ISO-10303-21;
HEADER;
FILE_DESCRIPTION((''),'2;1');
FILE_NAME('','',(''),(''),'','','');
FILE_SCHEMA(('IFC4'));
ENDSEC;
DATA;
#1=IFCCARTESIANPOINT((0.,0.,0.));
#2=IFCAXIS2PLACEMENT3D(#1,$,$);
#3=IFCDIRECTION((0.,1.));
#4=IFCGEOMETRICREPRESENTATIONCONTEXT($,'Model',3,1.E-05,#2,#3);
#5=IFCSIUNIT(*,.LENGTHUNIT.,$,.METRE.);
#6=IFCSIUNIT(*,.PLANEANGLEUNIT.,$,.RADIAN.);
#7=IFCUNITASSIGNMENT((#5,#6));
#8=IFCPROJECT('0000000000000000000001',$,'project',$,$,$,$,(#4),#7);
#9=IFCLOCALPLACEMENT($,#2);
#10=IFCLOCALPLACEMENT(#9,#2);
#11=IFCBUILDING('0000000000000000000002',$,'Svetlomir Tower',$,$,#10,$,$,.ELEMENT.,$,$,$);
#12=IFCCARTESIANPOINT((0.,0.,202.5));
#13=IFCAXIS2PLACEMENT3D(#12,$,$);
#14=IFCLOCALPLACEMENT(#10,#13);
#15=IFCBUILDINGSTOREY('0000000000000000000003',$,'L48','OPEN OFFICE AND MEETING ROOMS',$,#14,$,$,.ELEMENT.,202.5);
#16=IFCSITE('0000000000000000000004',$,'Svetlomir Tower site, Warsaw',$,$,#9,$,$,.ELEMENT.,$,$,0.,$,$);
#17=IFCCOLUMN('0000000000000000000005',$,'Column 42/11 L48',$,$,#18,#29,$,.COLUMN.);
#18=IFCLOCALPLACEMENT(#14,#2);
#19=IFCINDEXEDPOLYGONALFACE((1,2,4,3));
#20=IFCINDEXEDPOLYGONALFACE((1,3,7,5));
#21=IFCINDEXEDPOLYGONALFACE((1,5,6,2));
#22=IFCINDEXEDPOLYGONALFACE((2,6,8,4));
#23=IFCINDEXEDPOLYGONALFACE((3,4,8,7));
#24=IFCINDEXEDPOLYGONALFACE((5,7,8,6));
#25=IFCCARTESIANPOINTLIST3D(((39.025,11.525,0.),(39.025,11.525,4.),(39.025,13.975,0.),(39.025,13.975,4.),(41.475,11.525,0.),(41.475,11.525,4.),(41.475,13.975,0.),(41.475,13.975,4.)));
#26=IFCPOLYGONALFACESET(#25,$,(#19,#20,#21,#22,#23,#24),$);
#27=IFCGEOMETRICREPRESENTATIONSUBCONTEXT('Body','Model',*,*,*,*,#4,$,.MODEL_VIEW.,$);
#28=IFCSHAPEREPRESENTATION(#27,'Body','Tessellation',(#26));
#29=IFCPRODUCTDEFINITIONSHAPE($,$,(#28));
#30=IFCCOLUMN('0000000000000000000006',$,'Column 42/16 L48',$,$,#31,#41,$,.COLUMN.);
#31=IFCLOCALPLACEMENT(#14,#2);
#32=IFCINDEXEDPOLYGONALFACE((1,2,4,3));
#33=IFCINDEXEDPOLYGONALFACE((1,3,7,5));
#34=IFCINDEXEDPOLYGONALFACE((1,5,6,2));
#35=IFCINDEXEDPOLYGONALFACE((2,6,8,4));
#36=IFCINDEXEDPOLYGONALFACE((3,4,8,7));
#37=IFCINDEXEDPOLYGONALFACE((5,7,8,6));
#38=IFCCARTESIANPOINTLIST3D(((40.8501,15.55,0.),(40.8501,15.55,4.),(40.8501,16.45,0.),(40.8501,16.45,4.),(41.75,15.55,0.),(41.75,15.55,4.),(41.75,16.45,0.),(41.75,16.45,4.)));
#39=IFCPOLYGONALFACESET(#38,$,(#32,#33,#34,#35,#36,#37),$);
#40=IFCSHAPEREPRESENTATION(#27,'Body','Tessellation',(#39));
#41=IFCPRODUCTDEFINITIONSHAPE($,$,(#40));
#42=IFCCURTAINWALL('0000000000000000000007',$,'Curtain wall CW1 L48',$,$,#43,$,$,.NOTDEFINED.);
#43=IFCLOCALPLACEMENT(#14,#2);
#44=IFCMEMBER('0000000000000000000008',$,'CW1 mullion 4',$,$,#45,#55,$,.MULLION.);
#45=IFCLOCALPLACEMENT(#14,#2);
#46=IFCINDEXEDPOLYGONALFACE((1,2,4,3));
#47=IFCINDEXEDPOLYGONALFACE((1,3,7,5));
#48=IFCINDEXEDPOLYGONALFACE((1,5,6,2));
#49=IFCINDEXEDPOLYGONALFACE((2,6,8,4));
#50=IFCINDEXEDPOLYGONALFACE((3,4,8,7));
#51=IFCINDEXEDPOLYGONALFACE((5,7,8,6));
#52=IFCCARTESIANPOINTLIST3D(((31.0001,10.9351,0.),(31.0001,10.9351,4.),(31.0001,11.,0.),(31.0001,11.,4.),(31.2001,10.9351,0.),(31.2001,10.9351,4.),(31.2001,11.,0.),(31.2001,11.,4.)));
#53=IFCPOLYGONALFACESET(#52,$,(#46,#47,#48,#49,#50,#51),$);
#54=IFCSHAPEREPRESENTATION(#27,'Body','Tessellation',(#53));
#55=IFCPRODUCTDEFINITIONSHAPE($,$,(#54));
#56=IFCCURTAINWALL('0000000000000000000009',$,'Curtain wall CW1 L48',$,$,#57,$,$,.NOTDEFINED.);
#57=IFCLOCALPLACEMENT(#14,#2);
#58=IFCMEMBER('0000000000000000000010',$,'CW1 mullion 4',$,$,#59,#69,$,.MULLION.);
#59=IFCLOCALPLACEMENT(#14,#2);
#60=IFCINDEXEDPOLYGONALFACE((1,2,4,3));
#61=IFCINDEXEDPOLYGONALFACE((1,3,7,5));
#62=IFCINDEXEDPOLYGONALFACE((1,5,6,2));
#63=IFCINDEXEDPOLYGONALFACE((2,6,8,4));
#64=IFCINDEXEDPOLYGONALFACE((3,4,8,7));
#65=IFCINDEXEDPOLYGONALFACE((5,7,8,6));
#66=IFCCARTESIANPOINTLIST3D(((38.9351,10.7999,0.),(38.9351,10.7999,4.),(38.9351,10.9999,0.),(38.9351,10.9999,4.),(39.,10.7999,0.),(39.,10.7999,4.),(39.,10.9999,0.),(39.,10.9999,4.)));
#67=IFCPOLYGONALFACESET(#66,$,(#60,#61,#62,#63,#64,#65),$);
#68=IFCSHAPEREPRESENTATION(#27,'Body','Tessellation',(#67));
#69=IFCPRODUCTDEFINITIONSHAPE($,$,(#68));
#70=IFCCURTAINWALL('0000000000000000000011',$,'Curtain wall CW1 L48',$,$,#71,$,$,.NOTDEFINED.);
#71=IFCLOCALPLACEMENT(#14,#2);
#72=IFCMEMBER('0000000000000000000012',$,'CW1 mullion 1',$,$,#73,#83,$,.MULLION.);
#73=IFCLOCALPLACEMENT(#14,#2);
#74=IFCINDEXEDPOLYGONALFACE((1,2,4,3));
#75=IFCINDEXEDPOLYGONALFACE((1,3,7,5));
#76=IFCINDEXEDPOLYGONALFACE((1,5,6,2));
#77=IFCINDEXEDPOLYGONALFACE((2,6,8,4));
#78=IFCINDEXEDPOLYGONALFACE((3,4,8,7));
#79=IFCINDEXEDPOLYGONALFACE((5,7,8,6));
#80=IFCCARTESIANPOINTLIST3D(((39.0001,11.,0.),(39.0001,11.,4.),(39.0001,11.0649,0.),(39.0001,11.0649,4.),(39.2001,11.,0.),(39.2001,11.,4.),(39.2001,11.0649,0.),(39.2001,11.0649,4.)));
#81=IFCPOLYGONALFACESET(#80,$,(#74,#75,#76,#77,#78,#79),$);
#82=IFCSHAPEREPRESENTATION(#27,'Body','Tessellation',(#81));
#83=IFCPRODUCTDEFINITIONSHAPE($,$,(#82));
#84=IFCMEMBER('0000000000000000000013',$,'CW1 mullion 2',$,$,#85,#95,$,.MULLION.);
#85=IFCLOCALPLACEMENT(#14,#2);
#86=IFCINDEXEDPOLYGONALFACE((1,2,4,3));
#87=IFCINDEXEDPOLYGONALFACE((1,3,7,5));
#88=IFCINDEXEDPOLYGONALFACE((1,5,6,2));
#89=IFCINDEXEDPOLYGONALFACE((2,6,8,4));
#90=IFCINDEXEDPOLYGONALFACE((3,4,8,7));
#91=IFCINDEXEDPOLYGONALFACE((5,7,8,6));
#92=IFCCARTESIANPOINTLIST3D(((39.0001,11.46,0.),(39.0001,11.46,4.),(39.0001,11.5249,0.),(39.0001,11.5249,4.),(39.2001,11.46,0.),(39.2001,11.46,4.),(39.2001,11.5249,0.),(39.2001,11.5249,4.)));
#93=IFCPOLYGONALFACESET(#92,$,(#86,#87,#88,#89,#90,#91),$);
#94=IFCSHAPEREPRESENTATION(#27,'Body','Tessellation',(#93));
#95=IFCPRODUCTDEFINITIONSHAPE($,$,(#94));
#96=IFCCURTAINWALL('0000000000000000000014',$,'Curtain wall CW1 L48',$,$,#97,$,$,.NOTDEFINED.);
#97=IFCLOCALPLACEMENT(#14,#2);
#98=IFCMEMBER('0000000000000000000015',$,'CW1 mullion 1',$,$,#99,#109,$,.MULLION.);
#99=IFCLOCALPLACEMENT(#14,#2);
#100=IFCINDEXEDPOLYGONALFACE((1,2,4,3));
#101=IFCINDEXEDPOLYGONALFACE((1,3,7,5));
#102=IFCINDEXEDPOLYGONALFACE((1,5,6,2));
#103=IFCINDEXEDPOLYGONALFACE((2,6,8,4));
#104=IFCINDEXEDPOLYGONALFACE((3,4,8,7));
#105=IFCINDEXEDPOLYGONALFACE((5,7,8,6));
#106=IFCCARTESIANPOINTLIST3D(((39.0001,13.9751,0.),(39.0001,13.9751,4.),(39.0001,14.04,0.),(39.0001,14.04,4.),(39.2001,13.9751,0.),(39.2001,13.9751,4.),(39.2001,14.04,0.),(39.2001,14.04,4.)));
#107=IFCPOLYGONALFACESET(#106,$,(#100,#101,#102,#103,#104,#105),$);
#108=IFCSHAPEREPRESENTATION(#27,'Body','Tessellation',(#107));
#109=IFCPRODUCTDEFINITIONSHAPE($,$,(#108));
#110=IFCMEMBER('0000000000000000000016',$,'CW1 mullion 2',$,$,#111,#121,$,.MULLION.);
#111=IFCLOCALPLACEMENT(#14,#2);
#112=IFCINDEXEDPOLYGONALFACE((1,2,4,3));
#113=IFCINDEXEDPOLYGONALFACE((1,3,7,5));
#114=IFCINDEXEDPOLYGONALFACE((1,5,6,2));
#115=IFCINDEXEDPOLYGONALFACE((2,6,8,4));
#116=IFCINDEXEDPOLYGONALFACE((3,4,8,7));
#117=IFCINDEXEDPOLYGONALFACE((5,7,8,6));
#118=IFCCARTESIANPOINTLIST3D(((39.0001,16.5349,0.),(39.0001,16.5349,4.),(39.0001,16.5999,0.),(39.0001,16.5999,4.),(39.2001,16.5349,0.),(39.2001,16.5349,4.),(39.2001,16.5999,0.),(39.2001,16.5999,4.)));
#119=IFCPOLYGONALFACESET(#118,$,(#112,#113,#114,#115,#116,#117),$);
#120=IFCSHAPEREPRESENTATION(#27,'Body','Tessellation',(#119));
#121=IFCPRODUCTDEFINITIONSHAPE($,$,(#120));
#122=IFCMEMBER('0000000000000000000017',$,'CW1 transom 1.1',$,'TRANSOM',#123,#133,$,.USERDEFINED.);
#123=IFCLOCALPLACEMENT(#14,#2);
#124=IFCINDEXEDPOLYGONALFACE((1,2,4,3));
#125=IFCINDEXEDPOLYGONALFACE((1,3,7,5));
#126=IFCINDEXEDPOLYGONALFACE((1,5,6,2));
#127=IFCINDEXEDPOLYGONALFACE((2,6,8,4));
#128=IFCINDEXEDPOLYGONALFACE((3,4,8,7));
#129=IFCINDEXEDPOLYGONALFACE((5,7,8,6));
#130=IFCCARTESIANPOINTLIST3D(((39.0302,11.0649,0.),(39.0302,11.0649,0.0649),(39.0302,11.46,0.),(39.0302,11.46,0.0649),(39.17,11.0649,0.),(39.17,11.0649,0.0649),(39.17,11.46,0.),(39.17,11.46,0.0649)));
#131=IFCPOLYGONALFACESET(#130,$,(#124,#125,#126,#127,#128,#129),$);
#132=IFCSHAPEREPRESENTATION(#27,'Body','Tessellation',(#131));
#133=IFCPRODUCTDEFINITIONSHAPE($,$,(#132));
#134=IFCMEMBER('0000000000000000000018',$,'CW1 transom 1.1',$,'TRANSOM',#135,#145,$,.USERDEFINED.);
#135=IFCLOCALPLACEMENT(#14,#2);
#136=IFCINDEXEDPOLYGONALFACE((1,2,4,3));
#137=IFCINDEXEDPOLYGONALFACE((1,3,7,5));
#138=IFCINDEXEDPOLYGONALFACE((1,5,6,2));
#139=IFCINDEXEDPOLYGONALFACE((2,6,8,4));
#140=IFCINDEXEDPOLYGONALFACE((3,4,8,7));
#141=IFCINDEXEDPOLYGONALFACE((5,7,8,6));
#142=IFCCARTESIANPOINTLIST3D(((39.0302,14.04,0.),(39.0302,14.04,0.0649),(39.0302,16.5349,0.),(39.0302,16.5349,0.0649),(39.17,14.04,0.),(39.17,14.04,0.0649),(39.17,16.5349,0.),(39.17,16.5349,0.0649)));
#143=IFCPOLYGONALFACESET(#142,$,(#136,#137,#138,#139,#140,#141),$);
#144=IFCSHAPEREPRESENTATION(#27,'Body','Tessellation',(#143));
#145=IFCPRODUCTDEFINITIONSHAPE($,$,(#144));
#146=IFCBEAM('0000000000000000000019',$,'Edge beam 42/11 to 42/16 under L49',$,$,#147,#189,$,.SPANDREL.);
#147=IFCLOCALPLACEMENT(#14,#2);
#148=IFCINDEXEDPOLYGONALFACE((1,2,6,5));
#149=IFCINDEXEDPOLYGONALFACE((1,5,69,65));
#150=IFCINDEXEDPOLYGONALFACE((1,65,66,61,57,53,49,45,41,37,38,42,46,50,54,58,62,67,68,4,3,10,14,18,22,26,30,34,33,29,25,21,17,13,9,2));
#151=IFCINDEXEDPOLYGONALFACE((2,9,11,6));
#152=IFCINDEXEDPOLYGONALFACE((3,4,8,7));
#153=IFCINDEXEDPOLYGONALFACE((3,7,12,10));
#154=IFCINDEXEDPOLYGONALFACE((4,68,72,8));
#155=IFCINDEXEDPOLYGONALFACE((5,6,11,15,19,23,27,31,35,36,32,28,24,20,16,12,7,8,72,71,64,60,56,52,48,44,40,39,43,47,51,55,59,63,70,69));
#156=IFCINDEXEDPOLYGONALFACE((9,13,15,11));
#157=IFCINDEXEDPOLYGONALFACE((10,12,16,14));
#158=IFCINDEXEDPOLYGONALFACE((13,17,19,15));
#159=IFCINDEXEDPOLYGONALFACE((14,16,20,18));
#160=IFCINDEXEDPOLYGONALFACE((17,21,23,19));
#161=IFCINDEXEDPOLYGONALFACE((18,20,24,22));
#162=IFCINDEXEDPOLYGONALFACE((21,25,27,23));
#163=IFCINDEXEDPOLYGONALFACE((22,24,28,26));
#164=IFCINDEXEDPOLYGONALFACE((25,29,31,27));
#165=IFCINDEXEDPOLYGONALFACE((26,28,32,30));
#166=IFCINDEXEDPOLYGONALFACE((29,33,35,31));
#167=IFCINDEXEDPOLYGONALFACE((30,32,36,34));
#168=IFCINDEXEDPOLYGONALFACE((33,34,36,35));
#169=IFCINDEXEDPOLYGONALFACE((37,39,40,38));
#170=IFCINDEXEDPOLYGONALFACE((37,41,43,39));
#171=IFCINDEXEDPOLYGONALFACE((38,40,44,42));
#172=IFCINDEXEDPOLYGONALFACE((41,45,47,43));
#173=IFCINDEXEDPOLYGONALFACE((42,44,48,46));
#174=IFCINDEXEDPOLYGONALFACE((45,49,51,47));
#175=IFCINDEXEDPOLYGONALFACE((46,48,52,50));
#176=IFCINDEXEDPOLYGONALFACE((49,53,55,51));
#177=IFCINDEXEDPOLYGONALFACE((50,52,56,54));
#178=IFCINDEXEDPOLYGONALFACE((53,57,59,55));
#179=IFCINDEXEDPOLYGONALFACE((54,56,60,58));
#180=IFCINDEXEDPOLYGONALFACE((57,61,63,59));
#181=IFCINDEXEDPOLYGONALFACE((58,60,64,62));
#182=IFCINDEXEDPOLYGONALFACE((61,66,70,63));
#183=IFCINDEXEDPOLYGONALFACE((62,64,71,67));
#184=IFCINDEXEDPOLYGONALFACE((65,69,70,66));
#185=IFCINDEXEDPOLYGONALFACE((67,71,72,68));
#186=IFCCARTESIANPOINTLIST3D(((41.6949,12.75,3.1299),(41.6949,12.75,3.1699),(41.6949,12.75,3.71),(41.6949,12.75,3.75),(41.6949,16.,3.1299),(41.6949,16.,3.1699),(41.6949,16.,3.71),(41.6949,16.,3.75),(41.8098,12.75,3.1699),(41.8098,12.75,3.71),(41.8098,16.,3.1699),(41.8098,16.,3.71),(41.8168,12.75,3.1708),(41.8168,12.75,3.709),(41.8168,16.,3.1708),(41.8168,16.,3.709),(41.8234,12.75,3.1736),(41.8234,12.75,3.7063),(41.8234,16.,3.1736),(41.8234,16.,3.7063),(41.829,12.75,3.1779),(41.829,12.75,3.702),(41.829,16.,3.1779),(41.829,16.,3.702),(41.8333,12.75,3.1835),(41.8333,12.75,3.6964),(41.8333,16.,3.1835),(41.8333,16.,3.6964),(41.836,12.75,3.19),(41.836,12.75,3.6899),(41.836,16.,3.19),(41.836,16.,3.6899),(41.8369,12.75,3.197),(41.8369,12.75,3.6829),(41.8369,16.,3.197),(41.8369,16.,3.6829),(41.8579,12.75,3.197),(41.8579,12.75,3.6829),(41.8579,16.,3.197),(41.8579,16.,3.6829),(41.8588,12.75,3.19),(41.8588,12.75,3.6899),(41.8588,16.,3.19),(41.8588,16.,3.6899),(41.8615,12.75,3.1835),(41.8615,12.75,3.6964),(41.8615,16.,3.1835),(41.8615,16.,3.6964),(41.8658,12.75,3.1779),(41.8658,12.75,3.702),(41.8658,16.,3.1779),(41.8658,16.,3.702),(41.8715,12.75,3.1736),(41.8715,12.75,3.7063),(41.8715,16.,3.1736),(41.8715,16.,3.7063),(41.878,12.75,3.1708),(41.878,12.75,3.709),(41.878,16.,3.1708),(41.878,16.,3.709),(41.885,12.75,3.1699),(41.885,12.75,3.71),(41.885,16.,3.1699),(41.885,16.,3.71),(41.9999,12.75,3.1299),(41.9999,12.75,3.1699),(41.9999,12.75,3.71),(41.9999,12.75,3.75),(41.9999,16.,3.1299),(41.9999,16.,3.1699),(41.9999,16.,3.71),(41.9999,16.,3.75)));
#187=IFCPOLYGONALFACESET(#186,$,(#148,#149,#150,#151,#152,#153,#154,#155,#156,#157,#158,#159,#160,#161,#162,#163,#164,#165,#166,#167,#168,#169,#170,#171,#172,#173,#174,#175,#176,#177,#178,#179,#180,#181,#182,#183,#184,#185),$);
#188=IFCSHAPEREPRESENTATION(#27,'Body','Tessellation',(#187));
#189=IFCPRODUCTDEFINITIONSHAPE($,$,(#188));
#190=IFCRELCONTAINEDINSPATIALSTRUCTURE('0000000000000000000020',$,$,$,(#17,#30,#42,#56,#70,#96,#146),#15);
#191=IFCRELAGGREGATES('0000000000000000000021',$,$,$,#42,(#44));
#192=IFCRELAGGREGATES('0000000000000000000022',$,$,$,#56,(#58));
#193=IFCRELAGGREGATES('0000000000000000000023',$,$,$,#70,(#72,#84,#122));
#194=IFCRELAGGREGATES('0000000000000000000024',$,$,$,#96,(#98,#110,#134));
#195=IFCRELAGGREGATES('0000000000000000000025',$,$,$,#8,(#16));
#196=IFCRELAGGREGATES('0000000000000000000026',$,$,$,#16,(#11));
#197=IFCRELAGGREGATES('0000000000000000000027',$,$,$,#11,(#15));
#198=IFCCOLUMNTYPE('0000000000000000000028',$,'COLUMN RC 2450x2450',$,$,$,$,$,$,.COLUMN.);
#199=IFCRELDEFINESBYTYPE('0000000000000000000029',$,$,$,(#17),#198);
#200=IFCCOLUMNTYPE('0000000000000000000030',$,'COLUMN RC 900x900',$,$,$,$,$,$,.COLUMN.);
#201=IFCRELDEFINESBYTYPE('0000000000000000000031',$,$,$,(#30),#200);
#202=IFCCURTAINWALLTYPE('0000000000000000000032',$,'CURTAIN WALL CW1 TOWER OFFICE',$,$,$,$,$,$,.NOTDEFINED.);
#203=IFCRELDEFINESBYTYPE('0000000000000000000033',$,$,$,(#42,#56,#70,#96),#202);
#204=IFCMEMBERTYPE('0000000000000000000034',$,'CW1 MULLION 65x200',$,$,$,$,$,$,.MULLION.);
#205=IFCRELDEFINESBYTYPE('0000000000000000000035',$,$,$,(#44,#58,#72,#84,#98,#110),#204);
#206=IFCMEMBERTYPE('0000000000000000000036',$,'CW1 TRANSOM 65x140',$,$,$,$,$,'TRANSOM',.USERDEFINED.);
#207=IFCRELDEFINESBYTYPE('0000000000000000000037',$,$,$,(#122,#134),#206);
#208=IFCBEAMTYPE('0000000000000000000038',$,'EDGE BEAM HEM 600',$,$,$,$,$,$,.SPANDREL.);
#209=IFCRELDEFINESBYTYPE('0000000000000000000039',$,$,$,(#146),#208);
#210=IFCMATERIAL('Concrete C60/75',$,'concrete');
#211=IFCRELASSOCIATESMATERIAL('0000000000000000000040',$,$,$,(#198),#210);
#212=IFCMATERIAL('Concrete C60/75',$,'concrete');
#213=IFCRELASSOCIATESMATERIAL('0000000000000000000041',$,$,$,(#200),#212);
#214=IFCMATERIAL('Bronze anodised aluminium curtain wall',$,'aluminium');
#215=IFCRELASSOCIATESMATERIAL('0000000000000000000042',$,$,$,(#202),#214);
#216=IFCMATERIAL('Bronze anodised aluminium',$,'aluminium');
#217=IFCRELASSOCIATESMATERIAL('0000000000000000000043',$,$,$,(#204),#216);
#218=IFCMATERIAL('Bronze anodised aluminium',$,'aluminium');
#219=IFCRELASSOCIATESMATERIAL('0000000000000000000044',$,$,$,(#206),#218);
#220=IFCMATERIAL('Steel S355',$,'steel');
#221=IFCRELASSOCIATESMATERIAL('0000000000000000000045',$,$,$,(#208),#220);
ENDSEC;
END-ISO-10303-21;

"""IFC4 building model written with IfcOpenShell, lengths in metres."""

from ifc_helpers import new_model, si_unit, direction, frame, origin, origin_2d, place, context, subcontext, project, spatial, rectangle, i_section, extrude, material, material_profile, profile_set, type_object, element, aggregate, save


model = new_model("IFC4")

# Units and contexts
model_context = context("Model", 3, precision=1e-05, world=origin(), true_north=direction((0.0, 1.0)))
body_context = subcontext(model_context, "Body", "Model", "MODEL_VIEW")
ifc_project = project(units=[si_unit("LENGTHUNIT", "METRE"), si_unit("PLANEANGLEUNIT", "RADIAN")], contexts=[model_context])

# Site, building, storey
site_placement = place(None, origin())
site = spatial("IfcSite", under=ifc_project, at=site_placement, Name="Svetlomir Tower site, Warsaw", CompositionType="ELEMENT", RefElevation=0.0)
building_placement = place(site_placement, origin())
building = spatial("IfcBuilding", under=site, at=building_placement, Name="Svetlomir Tower", CompositionType="ELEMENT")
storey_placement = place(building_placement, frame((0.0, 0.0, 202.5)))
storey = spatial("IfcBuildingStorey", under=building, at=storey_placement, Name="L48", Description="OPEN OFFICE AND MEETING ROOMS", CompositionType="ELEMENT", Elevation=202.5)

# Columns
ifc_material_1 = material(Name="Concrete C60/75", Category="concrete")
ifc_material_profile_1 = material_profile(ifc_material_1, rectangle(XDim=2.45, YDim=2.45, at=origin_2d()), Name="RC 2450x2450")
ifc_profile_set_1 = profile_set([ifc_material_profile_1], Name="Concrete C60/75")
column_type_1 = type_object("IfcColumnType", Name="COLUMN RC 2450x2450", PredefinedType="COLUMN", material=ifc_profile_set_1)
column_1_placement = place(storey_placement, frame((40.25, 12.75, 0.0), z_axis=(0.0, 0.0, 1.0), x_axis=(1.0, 0.0, 0.0)))
element("IfcColumn", 1, at=column_1_placement, inside=storey, type_object=column_type_1, Name="Column 42/11 L48", PredefinedType="COLUMN", context=body_context, shape_type="SweptSolid", body=[
    extrude(rectangle(XDim=2.45, YDim=2.45, at=origin_2d()), origin(), (0.0, 0.0, 1.0), 4.0),
])
ifc_material_2 = material(Name="Concrete C60/75", Category="concrete")
ifc_material_profile_2 = material_profile(ifc_material_2, rectangle(XDim=0.8999, YDim=0.8999, at=origin_2d()), Name="RC 900x900")
ifc_profile_set_2 = profile_set([ifc_material_profile_2], Name="Concrete C60/75")
column_type_2 = type_object("IfcColumnType", Name="COLUMN RC 900x900", PredefinedType="COLUMN", material=ifc_profile_set_2)
column_2_placement = place(storey_placement, frame((41.3, 16.0, 0.0), z_axis=(0.0, 0.0, 1.0), x_axis=(1.0, 0.0, 0.0)))
element("IfcColumn", 2, at=column_2_placement, inside=storey, type_object=column_type_2, Name="Column 42/16 L48", PredefinedType="COLUMN", context=body_context, shape_type="SweptSolid", body=[
    extrude(rectangle(XDim=0.8999, YDim=0.8999, at=origin_2d()), origin(), (0.0, 0.0, 1.0), 4.0),
])

# Curtain walls, members
ifc_material_3 = material(Name="Bronze anodised aluminium curtain wall", Category="aluminium")
curtain_wall_type = type_object("IfcCurtainWallType", Name="CURTAIN WALL CW1 TOWER OFFICE", PredefinedType="NOTDEFINED", material=ifc_material_3)
curtain_wall_1_placement = place(storey_placement, origin())
curtain_wall_1 = element("IfcCurtainWall", 3, at=curtain_wall_1_placement, inside=storey, type_object=curtain_wall_type, Name="Curtain wall CW1 L48", PredefinedType="NOTDEFINED")
ifc_material_4 = material(Name="Bronze anodised aluminium", Category="aluminium")
ifc_material_profile_3 = material_profile(ifc_material_4, rectangle(XDim=0.0649, YDim=0.2, at=origin_2d()), Name="AL 65x200")
ifc_profile_set_3 = profile_set([ifc_material_profile_3], Name="Bronze anodised aluminium 6063-T6")
member_type_1 = type_object("IfcMemberType", Name="CW1 MULLION 65x200", PredefinedType="MULLION", material=ifc_profile_set_3)
member_1_placement = place(storey_placement, frame((31.1001, 10.9675, 0.0), z_axis=(0.0, 0.0, 1.0), x_axis=(0.0, 1.0, 0.0)))
member_1 = element("IfcMember", 4, at=member_1_placement, type_object=member_type_1, Name="CW1 mullion 4", PredefinedType="MULLION", context=body_context, shape_type="SweptSolid", body=[
    extrude(rectangle(XDim=0.0649, YDim=0.2, at=origin_2d()), origin(), (0.0, 0.0, 1.0), 4.0),
])
aggregate(curtain_wall_1, [member_1])
curtain_wall_2_placement = place(storey_placement, origin())
curtain_wall_2 = element("IfcCurtainWall", 5, at=curtain_wall_2_placement, inside=storey, type_object=curtain_wall_type, Name="Curtain wall CW1 L48", PredefinedType="NOTDEFINED")
member_2_placement = place(storey_placement, frame((38.9675, 10.8999, 0.0), z_axis=(0.0, 0.0, 1.0), x_axis=(1.0, 0.0, 0.0)))
member_2 = element("IfcMember", 6, at=member_2_placement, type_object=member_type_1, Name="CW1 mullion 4", PredefinedType="MULLION", context=body_context, shape_type="SweptSolid", body=[
    extrude(rectangle(XDim=0.0649, YDim=0.2, at=origin_2d()), origin(), (0.0, 0.0, 1.0), 4.0),
])
aggregate(curtain_wall_2, [member_2])

# Curtain walls, members
curtain_wall_3_placement = place(storey_placement, origin())
curtain_wall_3 = element("IfcCurtainWall", 7, at=curtain_wall_3_placement, inside=storey, type_object=curtain_wall_type, Name="Curtain wall CW1 L48", PredefinedType="NOTDEFINED")
member_3_placement = place(storey_placement, frame((39.1001, 11.0325, 0.0), z_axis=(0.0, 0.0, 1.0), x_axis=(0.0, 1.0, 0.0)))
member_3 = element("IfcMember", 8, at=member_3_placement, type_object=member_type_1, Name="CW1 mullion 1", PredefinedType="MULLION", context=body_context, shape_type="SweptSolid", body=[
    extrude(rectangle(XDim=0.0649, YDim=0.2, at=origin_2d()), origin(), (0.0, 0.0, 1.0), 4.0),
])
member_4_placement = place(storey_placement, frame((39.1001, 11.4924, 0.0), z_axis=(0.0, 0.0, 1.0), x_axis=(0.0, 1.0, 0.0)))
member_4 = element("IfcMember", 9, at=member_4_placement, type_object=member_type_1, Name="CW1 mullion 2", PredefinedType="MULLION", context=body_context, shape_type="SweptSolid", body=[
    extrude(rectangle(XDim=0.0649, YDim=0.2, at=origin_2d()), origin(), (0.0, 0.0, 1.0), 4.0),
])
curtain_wall_4_placement = place(storey_placement, origin())
curtain_wall_4 = element("IfcCurtainWall", 10, at=curtain_wall_4_placement, inside=storey, type_object=curtain_wall_type, Name="Curtain wall CW1 L48", PredefinedType="NOTDEFINED")
member_5_placement = place(storey_placement, frame((39.1001, 14.0076, 0.0), z_axis=(0.0, 0.0, 1.0), x_axis=(0.0, 1.0, 0.0)))
member_5 = element("IfcMember", 11, at=member_5_placement, type_object=member_type_1, Name="CW1 mullion 1", PredefinedType="MULLION", context=body_context, shape_type="SweptSolid", body=[
    extrude(rectangle(XDim=0.0649, YDim=0.2, at=origin_2d()), origin(), (0.0, 0.0, 1.0), 4.0),
])
member_6_placement = place(storey_placement, frame((39.1001, 16.5674, 0.0), z_axis=(0.0, 0.0, 1.0), x_axis=(0.0, 1.0, 0.0)))
member_6 = element("IfcMember", 12, at=member_6_placement, type_object=member_type_1, Name="CW1 mullion 2", PredefinedType="MULLION", context=body_context, shape_type="SweptSolid", body=[
    extrude(rectangle(XDim=0.0649, YDim=0.2, at=origin_2d()), origin(), (0.0, 0.0, 1.0), 4.0),
])

# Members
ifc_material_5 = material(Name="Bronze anodised aluminium", Category="aluminium")
ifc_material_profile_4 = material_profile(ifc_material_5, rectangle(XDim=0.1399, YDim=0.0649, at=origin_2d()), Name="AL 140x65")
ifc_profile_set_4 = profile_set([ifc_material_profile_4], Name="Bronze anodised aluminium 6063-T6")
member_type_2 = type_object("IfcMemberType", Name="CW1 TRANSOM 65x140", ElementType="TRANSOM", PredefinedType="USERDEFINED", material=ifc_profile_set_4)
member_7_placement = place(storey_placement, frame((39.1001, 11.0649, 0.0325), z_axis=(0.0, 1.0, 0.0), x_axis=(-1.0, 0.0, 0.0)))
member_7 = element("IfcMember", 13, at=member_7_placement, type_object=member_type_2, Name="CW1 transom 1.1", ObjectType="TRANSOM", PredefinedType="USERDEFINED", context=body_context, shape_type="SweptSolid", body=[
    extrude(rectangle(XDim=0.1399, YDim=0.0649, at=origin_2d()), origin(), (0.0, 0.0, 1.0), 0.395),
])
member_8_placement = place(storey_placement, frame((39.1001, 14.04, 0.0325), z_axis=(0.0, 1.0, 0.0), x_axis=(-1.0, 0.0, 0.0)))
member_8 = element("IfcMember", 14, at=member_8_placement, type_object=member_type_2, Name="CW1 transom 1.1", ObjectType="TRANSOM", PredefinedType="USERDEFINED", context=body_context, shape_type="SweptSolid", body=[
    extrude(rectangle(XDim=0.1399, YDim=0.0649, at=origin_2d()), origin(), (0.0, 0.0, 1.0), 2.4949),
])

# Beam
ifc_material_6 = material(Name="Steel S355", Category="steel")
ifc_material_profile_5 = material_profile(ifc_material_6, i_section(OverallWidth=0.3049, OverallDepth=0.6201, WebThickness=0.021, FlangeThickness=0.04, FilletRadius=0.0271, at=origin_2d()), Name="HEM 600")
ifc_profile_set_5 = profile_set([ifc_material_profile_5], Name="Steel S355")
beam_type_1 = type_object("IfcBeamType", Name="EDGE BEAM HEM 600", PredefinedType="SPANDREL", material=ifc_profile_set_5)
beam_1_placement = place(storey_placement, frame((41.8474, 12.75, 3.4399), z_axis=(0.0, 1.0, 0.0), x_axis=(-1.0, 0.0, 0.0)))
element("IfcBeam", 15, at=beam_1_placement, inside=storey, type_object=beam_type_1, Name="Edge beam 42/11 to 42/16 under L49", PredefinedType="SPANDREL", context=body_context, shape_type="SweptSolid", body=[
    extrude(i_section(OverallWidth=0.3049, OverallDepth=0.6201, WebThickness=0.021, FlangeThickness=0.04, FilletRadius=0.0271, at=origin_2d()), origin(), (0.0, 0.0, 1.0), 3.25),
])

aggregate(curtain_wall_3, [member_3, member_4, member_7])
aggregate(curtain_wall_4, [member_5, member_6, member_8])

save(model, "model.ifc")
